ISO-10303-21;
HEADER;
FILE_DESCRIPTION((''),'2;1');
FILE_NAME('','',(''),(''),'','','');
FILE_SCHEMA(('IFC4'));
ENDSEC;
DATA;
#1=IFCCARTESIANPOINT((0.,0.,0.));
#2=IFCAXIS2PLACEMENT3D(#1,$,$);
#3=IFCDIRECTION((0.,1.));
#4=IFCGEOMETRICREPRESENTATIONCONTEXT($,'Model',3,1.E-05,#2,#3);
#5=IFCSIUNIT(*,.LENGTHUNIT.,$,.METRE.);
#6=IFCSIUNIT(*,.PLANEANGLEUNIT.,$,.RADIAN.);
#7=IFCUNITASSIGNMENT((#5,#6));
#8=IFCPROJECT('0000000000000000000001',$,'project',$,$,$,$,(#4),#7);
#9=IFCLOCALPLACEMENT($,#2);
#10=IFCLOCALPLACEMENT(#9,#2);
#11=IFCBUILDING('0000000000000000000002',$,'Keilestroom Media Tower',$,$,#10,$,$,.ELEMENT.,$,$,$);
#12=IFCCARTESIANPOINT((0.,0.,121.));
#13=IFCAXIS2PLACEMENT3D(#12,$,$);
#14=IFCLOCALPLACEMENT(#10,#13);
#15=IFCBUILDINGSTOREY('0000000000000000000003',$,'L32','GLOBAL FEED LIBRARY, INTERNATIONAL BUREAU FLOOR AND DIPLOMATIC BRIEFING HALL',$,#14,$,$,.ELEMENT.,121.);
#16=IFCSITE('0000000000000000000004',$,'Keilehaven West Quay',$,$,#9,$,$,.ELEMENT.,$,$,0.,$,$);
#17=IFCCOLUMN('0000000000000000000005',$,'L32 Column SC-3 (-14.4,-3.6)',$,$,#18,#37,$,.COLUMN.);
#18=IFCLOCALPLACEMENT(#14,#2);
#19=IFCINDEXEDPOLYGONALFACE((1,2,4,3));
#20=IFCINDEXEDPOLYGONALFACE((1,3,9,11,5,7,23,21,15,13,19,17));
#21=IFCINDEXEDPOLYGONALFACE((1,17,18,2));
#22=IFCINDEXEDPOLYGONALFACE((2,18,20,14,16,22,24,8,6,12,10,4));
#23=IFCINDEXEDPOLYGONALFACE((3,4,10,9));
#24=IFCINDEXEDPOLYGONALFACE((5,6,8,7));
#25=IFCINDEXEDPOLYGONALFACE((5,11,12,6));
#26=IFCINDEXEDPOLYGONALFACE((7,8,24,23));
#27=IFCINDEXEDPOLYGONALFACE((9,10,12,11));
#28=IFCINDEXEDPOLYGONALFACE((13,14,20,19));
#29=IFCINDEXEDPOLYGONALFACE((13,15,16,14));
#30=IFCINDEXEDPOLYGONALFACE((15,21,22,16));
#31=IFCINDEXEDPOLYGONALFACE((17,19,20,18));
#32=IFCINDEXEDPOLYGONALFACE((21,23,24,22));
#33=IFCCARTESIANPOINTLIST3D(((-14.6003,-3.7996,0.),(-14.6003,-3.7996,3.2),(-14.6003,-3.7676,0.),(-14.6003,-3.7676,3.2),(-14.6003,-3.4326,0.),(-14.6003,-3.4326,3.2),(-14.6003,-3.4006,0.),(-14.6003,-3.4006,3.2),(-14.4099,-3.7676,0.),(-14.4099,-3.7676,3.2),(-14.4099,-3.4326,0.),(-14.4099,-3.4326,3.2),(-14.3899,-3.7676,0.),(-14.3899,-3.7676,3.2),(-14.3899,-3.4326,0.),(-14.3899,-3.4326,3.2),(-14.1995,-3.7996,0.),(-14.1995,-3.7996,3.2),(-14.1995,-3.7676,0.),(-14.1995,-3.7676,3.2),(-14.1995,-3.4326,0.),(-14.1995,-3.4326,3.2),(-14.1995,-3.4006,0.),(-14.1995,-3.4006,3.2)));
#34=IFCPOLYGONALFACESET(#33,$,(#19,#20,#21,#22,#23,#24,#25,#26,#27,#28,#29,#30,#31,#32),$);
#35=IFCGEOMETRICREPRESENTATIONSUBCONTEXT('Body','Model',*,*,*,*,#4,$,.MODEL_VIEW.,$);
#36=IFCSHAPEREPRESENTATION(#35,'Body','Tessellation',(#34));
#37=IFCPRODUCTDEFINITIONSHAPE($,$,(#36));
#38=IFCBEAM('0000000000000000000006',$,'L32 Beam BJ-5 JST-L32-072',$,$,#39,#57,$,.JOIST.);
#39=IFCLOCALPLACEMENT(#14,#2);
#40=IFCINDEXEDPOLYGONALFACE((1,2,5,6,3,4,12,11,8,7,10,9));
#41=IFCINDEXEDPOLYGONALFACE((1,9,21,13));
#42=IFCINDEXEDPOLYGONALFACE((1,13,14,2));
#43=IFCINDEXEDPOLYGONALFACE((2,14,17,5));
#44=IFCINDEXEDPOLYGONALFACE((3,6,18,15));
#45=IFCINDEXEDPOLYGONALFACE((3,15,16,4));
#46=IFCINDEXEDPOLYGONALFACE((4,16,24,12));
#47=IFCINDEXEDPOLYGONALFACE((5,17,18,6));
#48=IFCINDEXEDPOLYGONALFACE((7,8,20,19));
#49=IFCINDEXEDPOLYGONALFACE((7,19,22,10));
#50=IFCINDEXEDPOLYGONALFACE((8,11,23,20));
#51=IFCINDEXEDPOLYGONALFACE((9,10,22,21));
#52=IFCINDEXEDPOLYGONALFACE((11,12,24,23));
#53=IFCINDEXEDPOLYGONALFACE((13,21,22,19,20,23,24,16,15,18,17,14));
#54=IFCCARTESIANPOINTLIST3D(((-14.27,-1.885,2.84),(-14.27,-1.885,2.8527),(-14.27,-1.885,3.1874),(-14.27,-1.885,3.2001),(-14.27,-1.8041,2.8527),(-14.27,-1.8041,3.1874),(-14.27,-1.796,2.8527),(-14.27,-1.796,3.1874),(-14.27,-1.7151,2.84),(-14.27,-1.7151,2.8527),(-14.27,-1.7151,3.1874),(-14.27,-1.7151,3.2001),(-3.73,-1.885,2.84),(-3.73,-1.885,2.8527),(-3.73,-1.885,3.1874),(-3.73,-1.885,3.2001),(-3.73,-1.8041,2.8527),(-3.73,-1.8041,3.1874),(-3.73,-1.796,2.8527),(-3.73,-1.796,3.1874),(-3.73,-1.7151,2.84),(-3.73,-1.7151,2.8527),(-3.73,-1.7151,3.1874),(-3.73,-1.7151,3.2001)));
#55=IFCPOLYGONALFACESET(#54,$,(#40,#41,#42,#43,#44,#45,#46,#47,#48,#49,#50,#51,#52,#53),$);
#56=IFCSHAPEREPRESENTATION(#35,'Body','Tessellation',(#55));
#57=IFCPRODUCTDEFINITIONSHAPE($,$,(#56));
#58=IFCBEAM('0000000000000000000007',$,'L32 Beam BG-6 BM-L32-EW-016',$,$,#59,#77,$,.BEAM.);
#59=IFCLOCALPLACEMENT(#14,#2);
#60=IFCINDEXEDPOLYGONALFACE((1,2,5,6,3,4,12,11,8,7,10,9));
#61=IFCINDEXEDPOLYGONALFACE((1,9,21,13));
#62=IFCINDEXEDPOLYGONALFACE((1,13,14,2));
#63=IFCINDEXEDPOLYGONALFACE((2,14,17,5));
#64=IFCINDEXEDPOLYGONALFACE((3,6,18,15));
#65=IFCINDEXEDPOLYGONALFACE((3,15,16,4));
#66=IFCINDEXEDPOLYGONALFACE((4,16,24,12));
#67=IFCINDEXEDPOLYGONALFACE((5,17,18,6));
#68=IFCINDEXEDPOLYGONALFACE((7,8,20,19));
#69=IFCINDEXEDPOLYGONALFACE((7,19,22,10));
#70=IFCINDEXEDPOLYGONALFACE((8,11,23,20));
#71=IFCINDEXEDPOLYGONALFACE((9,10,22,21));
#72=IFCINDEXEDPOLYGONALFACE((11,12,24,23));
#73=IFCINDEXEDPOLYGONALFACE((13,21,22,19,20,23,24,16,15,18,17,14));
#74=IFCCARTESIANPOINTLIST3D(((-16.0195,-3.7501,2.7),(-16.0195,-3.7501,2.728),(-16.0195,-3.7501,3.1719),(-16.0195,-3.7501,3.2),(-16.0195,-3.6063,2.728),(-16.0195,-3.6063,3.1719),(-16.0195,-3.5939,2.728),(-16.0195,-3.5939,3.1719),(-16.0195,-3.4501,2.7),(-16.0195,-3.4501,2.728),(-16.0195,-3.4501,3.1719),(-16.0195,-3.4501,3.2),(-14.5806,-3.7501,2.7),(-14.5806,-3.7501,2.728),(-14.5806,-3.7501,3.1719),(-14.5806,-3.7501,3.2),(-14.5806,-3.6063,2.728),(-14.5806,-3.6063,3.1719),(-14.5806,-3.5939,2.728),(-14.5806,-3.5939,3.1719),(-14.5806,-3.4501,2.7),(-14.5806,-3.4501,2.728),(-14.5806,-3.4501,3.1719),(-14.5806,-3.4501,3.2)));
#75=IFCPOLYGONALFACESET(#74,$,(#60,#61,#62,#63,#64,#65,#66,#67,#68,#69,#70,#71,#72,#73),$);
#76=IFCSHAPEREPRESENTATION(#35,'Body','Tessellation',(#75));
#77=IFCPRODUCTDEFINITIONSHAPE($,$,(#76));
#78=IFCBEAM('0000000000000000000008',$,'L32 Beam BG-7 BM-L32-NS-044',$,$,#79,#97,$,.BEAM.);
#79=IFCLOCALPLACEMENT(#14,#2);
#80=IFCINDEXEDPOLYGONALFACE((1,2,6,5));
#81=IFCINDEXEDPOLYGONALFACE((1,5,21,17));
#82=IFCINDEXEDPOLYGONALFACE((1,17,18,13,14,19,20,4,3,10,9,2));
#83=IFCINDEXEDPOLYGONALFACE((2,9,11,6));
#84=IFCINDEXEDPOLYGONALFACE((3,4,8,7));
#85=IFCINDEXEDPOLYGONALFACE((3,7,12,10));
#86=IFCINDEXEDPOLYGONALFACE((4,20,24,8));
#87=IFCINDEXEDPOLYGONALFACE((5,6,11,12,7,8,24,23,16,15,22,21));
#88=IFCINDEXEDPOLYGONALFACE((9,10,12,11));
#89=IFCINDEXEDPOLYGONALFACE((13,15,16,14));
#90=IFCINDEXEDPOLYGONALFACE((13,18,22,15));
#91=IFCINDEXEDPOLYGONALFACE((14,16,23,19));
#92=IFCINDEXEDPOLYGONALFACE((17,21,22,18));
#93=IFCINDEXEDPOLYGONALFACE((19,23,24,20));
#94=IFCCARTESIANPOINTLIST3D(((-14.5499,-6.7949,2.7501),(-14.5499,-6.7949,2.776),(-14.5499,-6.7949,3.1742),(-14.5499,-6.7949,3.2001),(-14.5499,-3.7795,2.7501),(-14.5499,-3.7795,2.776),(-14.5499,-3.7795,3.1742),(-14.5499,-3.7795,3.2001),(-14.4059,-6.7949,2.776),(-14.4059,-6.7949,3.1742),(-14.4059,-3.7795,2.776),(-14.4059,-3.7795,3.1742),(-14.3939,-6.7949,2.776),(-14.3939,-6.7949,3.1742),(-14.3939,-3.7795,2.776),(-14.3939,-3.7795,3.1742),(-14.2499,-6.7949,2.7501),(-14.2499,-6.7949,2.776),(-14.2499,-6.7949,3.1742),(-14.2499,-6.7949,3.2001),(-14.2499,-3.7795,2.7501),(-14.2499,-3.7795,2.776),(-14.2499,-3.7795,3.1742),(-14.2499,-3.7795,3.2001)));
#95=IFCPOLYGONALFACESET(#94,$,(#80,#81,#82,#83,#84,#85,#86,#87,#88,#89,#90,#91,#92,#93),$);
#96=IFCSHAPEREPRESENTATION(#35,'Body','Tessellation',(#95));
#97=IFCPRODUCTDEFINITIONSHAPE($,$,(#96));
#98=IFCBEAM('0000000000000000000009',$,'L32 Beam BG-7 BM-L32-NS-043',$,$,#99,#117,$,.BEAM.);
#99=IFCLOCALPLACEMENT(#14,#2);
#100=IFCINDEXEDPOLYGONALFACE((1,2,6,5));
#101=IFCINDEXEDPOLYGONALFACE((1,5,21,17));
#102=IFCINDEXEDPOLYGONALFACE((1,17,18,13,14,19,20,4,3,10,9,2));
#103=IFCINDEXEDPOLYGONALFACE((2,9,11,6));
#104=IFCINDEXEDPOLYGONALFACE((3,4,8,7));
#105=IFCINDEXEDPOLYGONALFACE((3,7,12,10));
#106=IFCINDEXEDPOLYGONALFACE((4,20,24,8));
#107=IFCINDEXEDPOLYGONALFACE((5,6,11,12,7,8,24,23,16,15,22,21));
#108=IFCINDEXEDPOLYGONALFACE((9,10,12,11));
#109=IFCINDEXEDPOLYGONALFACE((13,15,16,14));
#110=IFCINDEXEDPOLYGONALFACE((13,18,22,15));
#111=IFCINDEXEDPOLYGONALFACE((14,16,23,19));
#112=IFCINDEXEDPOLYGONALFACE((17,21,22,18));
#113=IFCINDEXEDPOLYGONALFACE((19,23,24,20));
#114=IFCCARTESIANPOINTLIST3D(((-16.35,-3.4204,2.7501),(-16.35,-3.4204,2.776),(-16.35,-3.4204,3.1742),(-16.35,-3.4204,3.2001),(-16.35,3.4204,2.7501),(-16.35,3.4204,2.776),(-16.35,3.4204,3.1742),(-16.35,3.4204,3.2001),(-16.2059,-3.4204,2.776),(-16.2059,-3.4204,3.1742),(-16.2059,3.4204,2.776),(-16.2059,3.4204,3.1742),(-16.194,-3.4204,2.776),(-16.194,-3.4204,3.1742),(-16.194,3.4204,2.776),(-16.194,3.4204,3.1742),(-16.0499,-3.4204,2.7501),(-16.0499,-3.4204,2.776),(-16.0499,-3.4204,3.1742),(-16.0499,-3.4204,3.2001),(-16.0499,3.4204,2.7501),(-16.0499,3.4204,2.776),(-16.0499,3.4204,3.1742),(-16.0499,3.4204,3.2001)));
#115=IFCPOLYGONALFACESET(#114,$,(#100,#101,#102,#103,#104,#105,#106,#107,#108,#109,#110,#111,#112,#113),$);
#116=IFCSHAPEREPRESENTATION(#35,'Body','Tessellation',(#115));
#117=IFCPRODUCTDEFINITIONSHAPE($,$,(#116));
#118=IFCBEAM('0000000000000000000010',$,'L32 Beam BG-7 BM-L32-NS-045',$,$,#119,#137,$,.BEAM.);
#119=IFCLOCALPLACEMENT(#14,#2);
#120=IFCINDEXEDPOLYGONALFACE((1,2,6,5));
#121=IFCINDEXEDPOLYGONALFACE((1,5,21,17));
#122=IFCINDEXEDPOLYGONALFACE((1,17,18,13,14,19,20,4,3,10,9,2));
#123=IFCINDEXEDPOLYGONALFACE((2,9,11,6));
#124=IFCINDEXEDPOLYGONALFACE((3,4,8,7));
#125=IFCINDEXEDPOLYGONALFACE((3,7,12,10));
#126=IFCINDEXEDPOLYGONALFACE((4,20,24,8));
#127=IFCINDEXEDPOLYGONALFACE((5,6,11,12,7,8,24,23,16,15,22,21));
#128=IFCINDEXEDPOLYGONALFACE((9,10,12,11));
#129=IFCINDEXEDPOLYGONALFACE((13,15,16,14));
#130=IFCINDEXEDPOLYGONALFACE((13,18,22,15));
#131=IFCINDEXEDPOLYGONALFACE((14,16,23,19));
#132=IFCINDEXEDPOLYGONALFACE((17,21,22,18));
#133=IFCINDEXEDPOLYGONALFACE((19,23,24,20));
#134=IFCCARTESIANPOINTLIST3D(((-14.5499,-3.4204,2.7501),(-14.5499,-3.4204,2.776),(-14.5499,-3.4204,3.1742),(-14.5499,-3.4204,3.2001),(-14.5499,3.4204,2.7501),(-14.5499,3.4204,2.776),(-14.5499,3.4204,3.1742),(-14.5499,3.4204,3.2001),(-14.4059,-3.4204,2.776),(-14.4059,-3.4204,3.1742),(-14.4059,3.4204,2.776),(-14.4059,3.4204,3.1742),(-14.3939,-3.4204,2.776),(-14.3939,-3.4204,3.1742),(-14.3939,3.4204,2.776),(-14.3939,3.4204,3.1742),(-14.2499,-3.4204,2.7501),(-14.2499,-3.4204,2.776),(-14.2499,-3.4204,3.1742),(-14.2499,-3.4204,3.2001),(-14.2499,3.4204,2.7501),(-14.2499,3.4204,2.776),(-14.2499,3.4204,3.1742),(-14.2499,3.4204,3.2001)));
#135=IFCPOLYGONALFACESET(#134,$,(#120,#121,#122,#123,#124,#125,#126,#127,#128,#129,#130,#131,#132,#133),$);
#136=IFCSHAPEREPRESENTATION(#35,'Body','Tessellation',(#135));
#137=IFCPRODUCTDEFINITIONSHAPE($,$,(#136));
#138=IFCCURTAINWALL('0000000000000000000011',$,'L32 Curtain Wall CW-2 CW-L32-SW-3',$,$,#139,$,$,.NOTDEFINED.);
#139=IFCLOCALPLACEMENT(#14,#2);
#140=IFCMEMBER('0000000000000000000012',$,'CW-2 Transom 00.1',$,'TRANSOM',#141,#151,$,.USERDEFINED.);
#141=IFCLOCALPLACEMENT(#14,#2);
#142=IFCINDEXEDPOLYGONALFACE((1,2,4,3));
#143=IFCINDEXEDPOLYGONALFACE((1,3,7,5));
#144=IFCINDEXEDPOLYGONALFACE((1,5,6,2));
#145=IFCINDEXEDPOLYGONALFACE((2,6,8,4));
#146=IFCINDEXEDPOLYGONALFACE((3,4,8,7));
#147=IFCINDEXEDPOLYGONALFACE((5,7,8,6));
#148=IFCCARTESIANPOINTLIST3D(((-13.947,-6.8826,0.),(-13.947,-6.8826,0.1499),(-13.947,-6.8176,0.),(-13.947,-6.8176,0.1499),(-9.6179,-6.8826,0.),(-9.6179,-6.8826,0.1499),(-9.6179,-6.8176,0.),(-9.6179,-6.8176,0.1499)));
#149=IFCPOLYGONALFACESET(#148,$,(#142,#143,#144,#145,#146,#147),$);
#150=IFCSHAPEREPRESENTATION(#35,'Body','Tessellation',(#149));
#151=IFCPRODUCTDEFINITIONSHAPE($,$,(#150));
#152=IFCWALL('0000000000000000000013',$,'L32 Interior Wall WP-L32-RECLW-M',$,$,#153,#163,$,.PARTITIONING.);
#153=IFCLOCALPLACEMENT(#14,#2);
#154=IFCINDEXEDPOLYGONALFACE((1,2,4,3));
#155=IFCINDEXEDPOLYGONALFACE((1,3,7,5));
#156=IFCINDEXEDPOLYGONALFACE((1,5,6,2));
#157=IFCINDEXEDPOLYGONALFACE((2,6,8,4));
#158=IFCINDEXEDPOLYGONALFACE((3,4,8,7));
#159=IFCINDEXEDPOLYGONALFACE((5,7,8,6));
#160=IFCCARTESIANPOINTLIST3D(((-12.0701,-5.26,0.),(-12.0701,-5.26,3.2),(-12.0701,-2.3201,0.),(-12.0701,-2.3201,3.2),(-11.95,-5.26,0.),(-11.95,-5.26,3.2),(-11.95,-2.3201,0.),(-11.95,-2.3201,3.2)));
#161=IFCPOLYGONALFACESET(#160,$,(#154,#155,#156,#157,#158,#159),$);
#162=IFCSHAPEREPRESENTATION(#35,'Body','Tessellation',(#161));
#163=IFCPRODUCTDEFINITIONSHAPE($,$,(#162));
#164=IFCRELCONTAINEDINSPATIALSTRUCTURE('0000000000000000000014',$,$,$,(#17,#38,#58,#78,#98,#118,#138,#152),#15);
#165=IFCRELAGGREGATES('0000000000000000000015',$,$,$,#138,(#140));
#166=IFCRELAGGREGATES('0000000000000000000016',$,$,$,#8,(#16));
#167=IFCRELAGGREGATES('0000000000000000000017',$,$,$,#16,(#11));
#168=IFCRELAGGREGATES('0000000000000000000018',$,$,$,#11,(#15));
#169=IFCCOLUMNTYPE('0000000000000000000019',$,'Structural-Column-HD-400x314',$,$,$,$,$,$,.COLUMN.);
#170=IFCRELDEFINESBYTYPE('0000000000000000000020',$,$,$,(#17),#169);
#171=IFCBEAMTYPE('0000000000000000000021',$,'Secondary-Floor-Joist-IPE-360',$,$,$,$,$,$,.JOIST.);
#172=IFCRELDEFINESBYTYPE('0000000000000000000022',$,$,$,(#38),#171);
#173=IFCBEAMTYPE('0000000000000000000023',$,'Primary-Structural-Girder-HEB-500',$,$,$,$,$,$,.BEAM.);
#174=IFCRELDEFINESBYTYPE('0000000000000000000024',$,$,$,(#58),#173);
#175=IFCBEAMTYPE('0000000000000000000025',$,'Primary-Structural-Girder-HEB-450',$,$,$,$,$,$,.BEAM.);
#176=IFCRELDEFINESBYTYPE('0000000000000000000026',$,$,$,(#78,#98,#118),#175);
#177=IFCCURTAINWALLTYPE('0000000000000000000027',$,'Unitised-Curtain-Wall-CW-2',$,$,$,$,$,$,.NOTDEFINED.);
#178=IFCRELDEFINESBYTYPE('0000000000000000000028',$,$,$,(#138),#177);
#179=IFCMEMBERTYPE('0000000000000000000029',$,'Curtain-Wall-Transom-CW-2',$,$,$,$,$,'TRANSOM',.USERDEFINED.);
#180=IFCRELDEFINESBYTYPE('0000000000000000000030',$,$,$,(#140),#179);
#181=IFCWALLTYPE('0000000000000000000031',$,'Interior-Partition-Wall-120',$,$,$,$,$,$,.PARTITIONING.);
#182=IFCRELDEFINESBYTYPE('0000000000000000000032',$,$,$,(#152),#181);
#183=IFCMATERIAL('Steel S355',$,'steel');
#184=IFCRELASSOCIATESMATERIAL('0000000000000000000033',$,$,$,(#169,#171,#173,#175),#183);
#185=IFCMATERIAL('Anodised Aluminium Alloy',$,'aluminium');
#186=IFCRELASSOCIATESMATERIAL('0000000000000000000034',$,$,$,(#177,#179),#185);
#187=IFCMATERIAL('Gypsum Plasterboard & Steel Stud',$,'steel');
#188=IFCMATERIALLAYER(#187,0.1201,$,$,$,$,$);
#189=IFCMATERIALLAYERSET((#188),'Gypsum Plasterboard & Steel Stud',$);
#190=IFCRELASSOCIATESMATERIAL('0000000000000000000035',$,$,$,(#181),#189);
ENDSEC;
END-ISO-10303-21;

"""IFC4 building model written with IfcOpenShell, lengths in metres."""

from ifc_helpers import new_model, si_unit, direction, frame, frame_2d, origin, origin_2d, place, context, subcontext, project, spatial, rectangle, i_section, extrude, source, transform, mapped, material, layer, layer_set, material_profile, profile_set, type_object, element, aggregate, save


model = new_model("IFC4")

# Units and contexts
model_context = context("Model", 3, precision=1e-05, world=origin(), true_north=direction((0.0, 1.0)))
body_context = subcontext(model_context, "Body", "Model", "MODEL_VIEW")
ifc_project = project(units=[si_unit("LENGTHUNIT", "METRE"), si_unit("PLANEANGLEUNIT", "RADIAN")], contexts=[model_context])

# Site, building, storey
site_placement = place(None, origin())
site = spatial("IfcSite", under=ifc_project, at=site_placement, Name="Keilehaven West Quay", CompositionType="ELEMENT", RefElevation=0.0)
building_placement = place(site_placement, origin())
building = spatial("IfcBuilding", under=site, at=building_placement, Name="Keilestroom Media Tower", CompositionType="ELEMENT")
storey_placement = place(building_placement, frame((0.0, 0.0, 121.0)))
storey = spatial("IfcBuildingStorey", under=building, at=storey_placement, Name="L32", Description="GLOBAL FEED LIBRARY, INTERNATIONAL BUREAU FLOOR AND DIPLOMATIC BRIEFING HALL", CompositionType="ELEMENT", Elevation=121.0)

# Column
ifc_material_1 = material(Name="Steel S355", Category="steel")
ifc_material_profile_1 = material_profile(ifc_material_1, i_section(OverallWidth=0.4009, OverallDepth=0.3989, WebThickness=0.02, FlangeThickness=0.032, at=origin_2d()), Name="HD 400x314")
ifc_profile_set_1 = profile_set([ifc_material_profile_1], Name="Steel S355")
column_type = type_object("IfcColumnType", Name="Structural-Column-HD-400x314", PredefinedType="COLUMN", material=ifc_profile_set_1)
shared_shape_1 = source(origin(), body_context, "Body", "SweptSolid", [
    extrude(i_section(OverallWidth=0.4009, OverallDepth=0.3989, WebThickness=0.02, FlangeThickness=0.032, at=origin_2d()), origin(), (0.0, 0.0, 1.0), 3.2),
])
column_placement = place(storey_placement, frame((-14.3999, -3.6001, 0.0), z_axis=(0.0, 0.0, 1.0), x_axis=(1.0, 0.0, 0.0)))
element("IfcColumn", 1, at=column_placement, inside=storey, type_object=column_type, Name="L32 Column SC-3 (-14.4,-3.6)", PredefinedType="COLUMN", context=body_context, shape_type="MappedRepresentation", body=[
    mapped(shared_shape_1, transform((0.0, 0.0, 0.0), x_axis=(1.0, 0.0, 0.0), y_axis=(0.0, 1.0, 0.0), z_axis=(0.0, 0.0, 1.0), scale=1.0)),
])

# Beams
ifc_material_profile_2 = material_profile(ifc_material_1, i_section(OverallWidth=0.1699, OverallDepth=0.3601, WebThickness=0.0081, FlangeThickness=0.0127, at=origin_2d()), Name="IPE 360")
ifc_profile_set_2 = profile_set([ifc_material_profile_2], Name="Steel S355")
beam_type_1 = type_object("IfcBeamType", Name="Secondary-Floor-Joist-IPE-360", PredefinedType="JOIST", material=ifc_profile_set_2)
shared_shape_2 = source(origin(), body_context, "Body", "SweptSolid", [
    extrude(i_section(OverallWidth=0.1699, OverallDepth=0.3601, WebThickness=0.0081, FlangeThickness=0.0127, at=origin_2d()), origin(), (0.0, 0.0, 1.0), 10.54),
])
beam_1_placement = place(storey_placement, frame((-14.27, -1.8, 3.02), z_axis=(1.0, 0.0, 0.0), x_axis=(0.0, 1.0, 0.0)))
element("IfcBeam", 2, at=beam_1_placement, inside=storey, type_object=beam_type_1, Name="L32 Beam BJ-5 JST-L32-072", PredefinedType="JOIST", context=body_context, shape_type="MappedRepresentation", body=[
    mapped(shared_shape_2, transform((0.0, 0.0, 0.0), x_axis=(1.0, 0.0, 0.0), y_axis=(0.0, 1.0, 0.0), z_axis=(0.0, 0.0, 1.0), scale=1.0)),
])
ifc_material_profile_3 = material_profile(ifc_material_1, i_section(OverallWidth=0.3, OverallDepth=0.5, WebThickness=0.0125, FlangeThickness=0.0281, at=origin_2d()), Name="HEB 500")
ifc_profile_set_3 = profile_set([ifc_material_profile_3], Name="Steel S355")
beam_type_2 = type_object("IfcBeamType", Name="Primary-Structural-Girder-HEB-500", PredefinedType="BEAM", material=ifc_profile_set_3)
shared_shape_3 = source(origin(), body_context, "Body", "SweptSolid", [
    extrude(i_section(OverallWidth=0.3, OverallDepth=0.5, WebThickness=0.0125, FlangeThickness=0.0281, at=origin_2d()), origin(), (0.0, 0.0, 1.0), 1.439),
])
beam_2_placement = place(storey_placement, frame((-16.0195, -3.6001, 2.95), z_axis=(1.0, 0.0, 0.0), x_axis=(0.0, 1.0, 0.0)))
element("IfcBeam", 3, at=beam_2_placement, inside=storey, type_object=beam_type_2, Name="L32 Beam BG-6 BM-L32-EW-016", PredefinedType="BEAM", context=body_context, shape_type="MappedRepresentation", body=[
    mapped(shared_shape_3, transform((0.0, 0.0, 0.0), x_axis=(1.0, 0.0, 0.0), y_axis=(0.0, 1.0, 0.0), z_axis=(0.0, 0.0, 1.0), scale=1.0)),
])
ifc_material_profile_4 = material_profile(ifc_material_1, i_section(OverallWidth=0.3, OverallDepth=0.45, WebThickness=0.012, FlangeThickness=0.0259, at=origin_2d()), Name="HEB 450")
ifc_profile_set_4 = profile_set([ifc_material_profile_4], Name="Steel S355")
beam_type_3 = type_object("IfcBeamType", Name="Primary-Structural-Girder-HEB-450", PredefinedType="BEAM", material=ifc_profile_set_4)
shared_shape_4 = source(origin(), body_context, "Body", "SweptSolid", [
    extrude(i_section(OverallWidth=0.3, OverallDepth=0.45, WebThickness=0.012, FlangeThickness=0.0259, at=origin_2d()), origin(), (0.0, 0.0, 1.0), 3.0154),
])
beam_3_placement = place(storey_placement, frame((-14.3999, -6.7949, 2.9751), z_axis=(0.0, 1.0, 0.0), x_axis=(-1.0, 0.0, 0.0)))
element("IfcBeam", 4, at=beam_3_placement, inside=storey, type_object=beam_type_3, Name="L32 Beam BG-7 BM-L32-NS-044", PredefinedType="BEAM", context=body_context, shape_type="MappedRepresentation", body=[
    mapped(shared_shape_4, transform((0.0, 0.0, 0.0), x_axis=(1.0, 0.0, 0.0), y_axis=(0.0, 1.0, 0.0), z_axis=(0.0, 0.0, 1.0), scale=1.0)),
])
shared_shape_5 = source(origin(), body_context, "Body", "SweptSolid", [
    extrude(i_section(OverallWidth=0.3, OverallDepth=0.45, WebThickness=0.012, FlangeThickness=0.0259, at=origin_2d()), origin(), (0.0, 0.0, 1.0), 6.8408),
])
for number, where, z_axis, x_axis, name in (
    (5, (-16.2, -3.4204, 2.9751), (0.0, 1.0, 0.0), (-1.0, 0.0, 0.0), "L32 Beam BG-7 BM-L32-NS-043"),
    (6, (-14.3999, -3.4204, 2.9751), (0.0, 1.0, 0.0), (-1.0, 0.0, 0.0), "L32 Beam BG-7 BM-L32-NS-045"),
):
    element("IfcBeam", number, at=place(storey_placement, frame(where, z_axis=z_axis, x_axis=x_axis)), inside=storey, type_object=beam_type_3, Name=name, PredefinedType="BEAM", context=body_context, shape_type="MappedRepresentation", body=[
        mapped(shared_shape_5, transform((0.0, 0.0, 0.0), x_axis=(1.0, 0.0, 0.0), y_axis=(0.0, 1.0, 0.0), z_axis=(0.0, 0.0, 1.0), scale=1.0)),
    ])

# Curtain wall, member
ifc_material_2 = material(Name="Anodised Aluminium Alloy", Category="aluminium")
curtain_wall_type = type_object("IfcCurtainWallType", Name="Unitised-Curtain-Wall-CW-2", PredefinedType="NOTDEFINED", material=ifc_material_2)
curtain_wall_placement = place(storey_placement, origin())
curtain_wall = element("IfcCurtainWall", 7, at=curtain_wall_placement, inside=storey, type_object=curtain_wall_type, Name="L32 Curtain Wall CW-2 CW-L32-SW-3", PredefinedType="NOTDEFINED")
ifc_material_profile_5 = material_profile(ifc_material_2, rectangle(XDim=0.0649, YDim=0.1499, at=origin_2d()), Name="ALU TRANSOM 65x150")
ifc_profile_set_5 = profile_set([ifc_material_profile_5], Name="Anodised Aluminium Alloy")
member_type = type_object("IfcMemberType", Name="Curtain-Wall-Transom-CW-2", ElementType="TRANSOM", PredefinedType="USERDEFINED", material=ifc_profile_set_5)
shared_shape_6 = source(origin(), body_context, "Body", "SweptSolid", [
    extrude(rectangle(XDim=0.0649, YDim=0.1499, at=origin_2d()), origin(), (0.0, 0.0, 1.0), 4.3291),
])
member_placement = place(storey_placement, frame((-13.947, -6.8501, 0.075), z_axis=(1.0, 0.0, 0.0), x_axis=(0.0, 1.0, 0.0)))
member = element("IfcMember", 8, at=member_placement, type_object=member_type, Name="CW-2 Transom 00.1", ObjectType="TRANSOM", PredefinedType="USERDEFINED", context=body_context, shape_type="MappedRepresentation", body=[
    mapped(shared_shape_6, transform((0.0, 0.0, 0.0), x_axis=(1.0, 0.0, 0.0), y_axis=(0.0, 1.0, 0.0), z_axis=(0.0, 0.0, 1.0), scale=1.0)),
])
aggregate(curtain_wall, [member])

# Wall
ifc_material_3 = material(Name="Gypsum Plasterboard & Steel Stud", Category="steel")
ifc_layer_1 = layer(ifc_material_3, 0.1201)
ifc_layer_set_1 = layer_set([ifc_layer_1], Name="Gypsum Plasterboard & Steel Stud")
wall_type_1 = type_object("IfcWallType", Name="Interior-Partition-Wall-120", PredefinedType="PARTITIONING", material=ifc_layer_set_1)
wall_1_placement = place(storey_placement, frame((-12.01, -5.26, 0.0), z_axis=(0.0, 0.0, 1.0), x_axis=(0.0, 1.0, 0.0)))
element("IfcWall", 9, at=wall_1_placement, inside=storey, type_object=wall_type_1, Name="L32 Interior Wall WP-L32-RECLW-M", PredefinedType="PARTITIONING", context=body_context, shape_type="SweptSolid", body=[
    extrude(rectangle(XDim=2.9399, YDim=0.1201, at=frame_2d((1.47, 0.0))), origin(), (0.0, 0.0, 1.0), 3.2),
])

save(model, "model.ifc")
